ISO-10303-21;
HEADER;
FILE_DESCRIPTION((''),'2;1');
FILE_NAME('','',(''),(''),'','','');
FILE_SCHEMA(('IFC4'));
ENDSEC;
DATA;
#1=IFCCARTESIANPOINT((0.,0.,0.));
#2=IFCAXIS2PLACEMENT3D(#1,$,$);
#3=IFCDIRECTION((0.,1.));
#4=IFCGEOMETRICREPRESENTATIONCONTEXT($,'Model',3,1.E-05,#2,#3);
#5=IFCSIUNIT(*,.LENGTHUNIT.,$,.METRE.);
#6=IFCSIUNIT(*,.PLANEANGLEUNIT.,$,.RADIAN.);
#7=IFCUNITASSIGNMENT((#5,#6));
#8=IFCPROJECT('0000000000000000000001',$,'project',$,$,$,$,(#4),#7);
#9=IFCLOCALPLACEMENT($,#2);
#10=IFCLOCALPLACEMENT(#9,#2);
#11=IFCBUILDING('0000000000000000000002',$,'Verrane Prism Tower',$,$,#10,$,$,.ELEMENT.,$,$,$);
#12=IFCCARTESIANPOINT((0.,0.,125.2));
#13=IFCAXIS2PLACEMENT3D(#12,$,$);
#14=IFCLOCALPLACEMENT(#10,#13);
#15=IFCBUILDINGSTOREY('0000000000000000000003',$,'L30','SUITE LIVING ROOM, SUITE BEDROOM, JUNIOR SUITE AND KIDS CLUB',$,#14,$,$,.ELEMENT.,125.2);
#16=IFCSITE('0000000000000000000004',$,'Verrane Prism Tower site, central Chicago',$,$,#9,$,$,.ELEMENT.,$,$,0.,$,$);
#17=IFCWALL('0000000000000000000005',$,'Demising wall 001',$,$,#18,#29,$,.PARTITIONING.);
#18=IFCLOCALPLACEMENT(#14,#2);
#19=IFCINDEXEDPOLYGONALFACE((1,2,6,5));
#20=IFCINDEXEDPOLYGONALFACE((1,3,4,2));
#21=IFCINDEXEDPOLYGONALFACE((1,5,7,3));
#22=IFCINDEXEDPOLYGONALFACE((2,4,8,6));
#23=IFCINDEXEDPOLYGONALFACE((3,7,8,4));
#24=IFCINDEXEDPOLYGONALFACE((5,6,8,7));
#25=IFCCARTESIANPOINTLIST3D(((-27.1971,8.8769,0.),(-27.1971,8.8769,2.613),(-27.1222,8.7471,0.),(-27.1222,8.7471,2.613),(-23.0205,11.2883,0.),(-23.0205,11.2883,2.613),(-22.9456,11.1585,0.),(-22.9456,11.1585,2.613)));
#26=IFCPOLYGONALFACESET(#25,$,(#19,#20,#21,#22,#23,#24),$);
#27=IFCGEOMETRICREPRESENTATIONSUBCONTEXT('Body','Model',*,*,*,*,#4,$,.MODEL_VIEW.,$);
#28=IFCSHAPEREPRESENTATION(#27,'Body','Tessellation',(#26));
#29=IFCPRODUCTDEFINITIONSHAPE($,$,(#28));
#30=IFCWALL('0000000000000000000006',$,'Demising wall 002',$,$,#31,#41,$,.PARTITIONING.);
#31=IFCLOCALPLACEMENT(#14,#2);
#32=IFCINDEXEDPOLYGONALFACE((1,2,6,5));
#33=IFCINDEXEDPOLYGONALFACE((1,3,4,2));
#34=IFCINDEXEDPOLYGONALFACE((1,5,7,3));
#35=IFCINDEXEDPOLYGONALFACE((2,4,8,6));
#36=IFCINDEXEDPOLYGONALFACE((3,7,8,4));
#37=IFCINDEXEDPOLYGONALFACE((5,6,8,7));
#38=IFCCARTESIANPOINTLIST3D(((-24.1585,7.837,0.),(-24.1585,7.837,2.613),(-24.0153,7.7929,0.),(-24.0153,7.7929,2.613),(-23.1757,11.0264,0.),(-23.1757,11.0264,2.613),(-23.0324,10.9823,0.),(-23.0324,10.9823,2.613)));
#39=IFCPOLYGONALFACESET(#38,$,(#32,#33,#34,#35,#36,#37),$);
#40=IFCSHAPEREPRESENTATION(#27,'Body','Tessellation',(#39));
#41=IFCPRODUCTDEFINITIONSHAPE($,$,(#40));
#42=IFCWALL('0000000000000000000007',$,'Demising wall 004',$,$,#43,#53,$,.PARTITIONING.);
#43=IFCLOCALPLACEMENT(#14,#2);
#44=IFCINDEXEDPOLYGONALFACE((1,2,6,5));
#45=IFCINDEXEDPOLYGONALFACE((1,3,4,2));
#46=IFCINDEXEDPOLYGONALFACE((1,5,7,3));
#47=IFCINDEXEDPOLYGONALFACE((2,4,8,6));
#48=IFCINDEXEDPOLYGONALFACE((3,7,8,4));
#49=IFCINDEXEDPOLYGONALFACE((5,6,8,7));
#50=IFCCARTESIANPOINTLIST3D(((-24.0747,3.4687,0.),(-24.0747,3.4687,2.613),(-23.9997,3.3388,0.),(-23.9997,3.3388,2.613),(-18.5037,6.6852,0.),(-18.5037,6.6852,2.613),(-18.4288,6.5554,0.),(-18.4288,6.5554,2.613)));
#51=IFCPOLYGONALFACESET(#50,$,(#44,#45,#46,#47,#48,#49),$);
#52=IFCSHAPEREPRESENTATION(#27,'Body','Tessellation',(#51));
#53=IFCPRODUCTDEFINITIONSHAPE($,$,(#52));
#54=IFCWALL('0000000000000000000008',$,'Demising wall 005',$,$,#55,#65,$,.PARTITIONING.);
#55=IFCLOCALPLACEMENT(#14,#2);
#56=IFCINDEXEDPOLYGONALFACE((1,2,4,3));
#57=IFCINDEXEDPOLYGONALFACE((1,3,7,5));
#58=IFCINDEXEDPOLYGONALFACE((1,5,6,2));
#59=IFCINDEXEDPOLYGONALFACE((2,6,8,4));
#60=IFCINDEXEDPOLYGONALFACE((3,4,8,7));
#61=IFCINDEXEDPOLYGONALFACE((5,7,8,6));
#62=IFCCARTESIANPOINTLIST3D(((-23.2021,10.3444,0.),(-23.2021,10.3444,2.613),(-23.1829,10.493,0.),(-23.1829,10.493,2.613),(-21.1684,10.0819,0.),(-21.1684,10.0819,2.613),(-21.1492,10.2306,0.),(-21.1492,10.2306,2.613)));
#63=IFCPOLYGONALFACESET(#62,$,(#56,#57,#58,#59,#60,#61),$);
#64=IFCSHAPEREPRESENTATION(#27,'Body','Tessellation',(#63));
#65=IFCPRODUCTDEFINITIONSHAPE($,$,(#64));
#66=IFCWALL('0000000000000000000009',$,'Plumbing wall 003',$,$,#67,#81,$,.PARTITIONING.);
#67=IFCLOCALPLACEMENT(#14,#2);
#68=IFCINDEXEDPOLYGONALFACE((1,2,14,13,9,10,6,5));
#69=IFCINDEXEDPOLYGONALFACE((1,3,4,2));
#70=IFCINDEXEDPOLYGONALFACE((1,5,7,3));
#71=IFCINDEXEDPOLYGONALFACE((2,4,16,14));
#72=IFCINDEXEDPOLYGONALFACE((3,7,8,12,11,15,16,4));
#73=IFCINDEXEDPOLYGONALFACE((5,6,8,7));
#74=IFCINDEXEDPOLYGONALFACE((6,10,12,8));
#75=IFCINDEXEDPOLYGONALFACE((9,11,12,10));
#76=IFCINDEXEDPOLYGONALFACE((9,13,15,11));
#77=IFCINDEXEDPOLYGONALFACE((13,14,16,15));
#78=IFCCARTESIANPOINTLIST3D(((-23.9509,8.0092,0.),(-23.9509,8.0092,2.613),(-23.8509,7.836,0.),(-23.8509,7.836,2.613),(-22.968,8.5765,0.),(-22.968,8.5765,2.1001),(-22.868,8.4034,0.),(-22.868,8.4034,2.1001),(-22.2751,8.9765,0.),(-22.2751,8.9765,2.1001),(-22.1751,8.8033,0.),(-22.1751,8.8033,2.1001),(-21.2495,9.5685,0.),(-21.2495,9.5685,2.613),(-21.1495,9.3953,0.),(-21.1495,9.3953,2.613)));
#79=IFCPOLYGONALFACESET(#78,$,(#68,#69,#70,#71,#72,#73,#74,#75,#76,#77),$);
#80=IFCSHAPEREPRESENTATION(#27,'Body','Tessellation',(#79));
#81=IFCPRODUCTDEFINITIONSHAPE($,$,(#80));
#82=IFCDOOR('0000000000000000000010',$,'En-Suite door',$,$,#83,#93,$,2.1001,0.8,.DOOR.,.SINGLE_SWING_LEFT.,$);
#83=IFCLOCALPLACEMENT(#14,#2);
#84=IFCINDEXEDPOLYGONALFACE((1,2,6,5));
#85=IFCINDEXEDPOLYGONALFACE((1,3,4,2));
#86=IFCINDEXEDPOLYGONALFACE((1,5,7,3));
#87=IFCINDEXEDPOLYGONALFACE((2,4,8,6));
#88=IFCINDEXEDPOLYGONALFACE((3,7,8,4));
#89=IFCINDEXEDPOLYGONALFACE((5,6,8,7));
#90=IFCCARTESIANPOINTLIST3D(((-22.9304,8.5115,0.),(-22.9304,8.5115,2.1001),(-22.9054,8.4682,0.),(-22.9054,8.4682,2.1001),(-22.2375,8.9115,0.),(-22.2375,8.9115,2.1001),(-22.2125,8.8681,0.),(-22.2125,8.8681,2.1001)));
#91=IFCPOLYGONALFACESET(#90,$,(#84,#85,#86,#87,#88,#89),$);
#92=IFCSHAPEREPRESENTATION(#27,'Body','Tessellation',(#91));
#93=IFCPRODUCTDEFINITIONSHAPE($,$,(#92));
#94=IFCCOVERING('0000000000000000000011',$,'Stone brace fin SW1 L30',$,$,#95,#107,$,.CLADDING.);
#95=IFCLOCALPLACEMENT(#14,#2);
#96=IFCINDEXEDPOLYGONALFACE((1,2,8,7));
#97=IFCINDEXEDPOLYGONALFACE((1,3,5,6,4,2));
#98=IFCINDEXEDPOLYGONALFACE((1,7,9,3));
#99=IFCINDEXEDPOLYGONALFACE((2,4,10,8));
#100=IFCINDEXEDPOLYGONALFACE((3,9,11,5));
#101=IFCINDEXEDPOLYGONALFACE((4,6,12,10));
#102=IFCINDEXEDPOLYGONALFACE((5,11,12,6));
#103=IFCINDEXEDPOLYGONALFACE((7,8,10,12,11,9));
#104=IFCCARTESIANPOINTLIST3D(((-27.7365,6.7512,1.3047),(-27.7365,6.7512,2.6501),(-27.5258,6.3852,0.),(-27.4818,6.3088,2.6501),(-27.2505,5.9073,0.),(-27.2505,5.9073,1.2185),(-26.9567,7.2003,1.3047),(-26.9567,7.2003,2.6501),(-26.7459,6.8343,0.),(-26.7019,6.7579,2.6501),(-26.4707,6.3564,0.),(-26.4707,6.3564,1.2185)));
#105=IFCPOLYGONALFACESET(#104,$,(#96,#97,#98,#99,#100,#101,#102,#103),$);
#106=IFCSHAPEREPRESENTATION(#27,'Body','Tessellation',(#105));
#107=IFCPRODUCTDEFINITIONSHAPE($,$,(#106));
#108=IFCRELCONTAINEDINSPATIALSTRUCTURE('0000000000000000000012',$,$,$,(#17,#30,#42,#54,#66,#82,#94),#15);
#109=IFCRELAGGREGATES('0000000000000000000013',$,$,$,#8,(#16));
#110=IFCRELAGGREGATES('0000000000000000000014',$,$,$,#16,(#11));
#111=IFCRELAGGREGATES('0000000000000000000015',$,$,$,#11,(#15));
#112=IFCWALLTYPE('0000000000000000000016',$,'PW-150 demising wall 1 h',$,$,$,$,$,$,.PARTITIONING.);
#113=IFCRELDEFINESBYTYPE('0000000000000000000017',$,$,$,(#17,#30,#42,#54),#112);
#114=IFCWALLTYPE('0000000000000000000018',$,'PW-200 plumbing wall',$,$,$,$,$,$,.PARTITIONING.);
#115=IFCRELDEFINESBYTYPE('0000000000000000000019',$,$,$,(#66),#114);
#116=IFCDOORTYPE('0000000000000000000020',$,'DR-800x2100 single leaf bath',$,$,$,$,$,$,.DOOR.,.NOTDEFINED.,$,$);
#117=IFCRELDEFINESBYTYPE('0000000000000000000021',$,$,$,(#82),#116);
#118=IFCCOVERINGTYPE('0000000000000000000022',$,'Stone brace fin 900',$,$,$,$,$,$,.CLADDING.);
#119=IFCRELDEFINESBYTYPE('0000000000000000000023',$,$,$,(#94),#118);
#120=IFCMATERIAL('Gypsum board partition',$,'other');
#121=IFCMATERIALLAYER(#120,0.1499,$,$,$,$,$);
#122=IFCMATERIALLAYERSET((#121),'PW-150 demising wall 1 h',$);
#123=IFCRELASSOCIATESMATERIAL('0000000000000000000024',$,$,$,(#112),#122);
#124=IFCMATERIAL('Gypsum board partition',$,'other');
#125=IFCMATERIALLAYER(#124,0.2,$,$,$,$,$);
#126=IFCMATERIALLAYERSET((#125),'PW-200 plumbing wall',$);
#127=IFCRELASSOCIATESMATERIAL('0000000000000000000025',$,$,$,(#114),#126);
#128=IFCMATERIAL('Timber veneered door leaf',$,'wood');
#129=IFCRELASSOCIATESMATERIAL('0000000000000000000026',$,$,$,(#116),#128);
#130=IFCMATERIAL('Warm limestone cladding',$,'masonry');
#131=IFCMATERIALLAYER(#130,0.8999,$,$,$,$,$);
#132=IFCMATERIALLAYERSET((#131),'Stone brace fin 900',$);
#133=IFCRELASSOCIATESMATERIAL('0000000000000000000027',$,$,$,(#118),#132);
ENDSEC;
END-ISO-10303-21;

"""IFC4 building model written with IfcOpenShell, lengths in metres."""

from ifc_helpers import new_model, si_unit, direction, frame, frame_2d, origin, place, context, subcontext, project, spatial, polyline, rectangle, outline, extrude, material, layer, layer_set, type_object, element, fill, save


model = new_model("IFC4")

# Units and contexts
model_context = context("Model", 3, precision=1e-05, world=origin(), true_north=direction((0.0, 1.0)))
body_context = subcontext(model_context, "Body", "Model", "MODEL_VIEW")
ifc_project = project(units=[si_unit("LENGTHUNIT", "METRE"), si_unit("PLANEANGLEUNIT", "RADIAN")], contexts=[model_context])

# Site, building, storey
site_placement = place(None, origin())
site = spatial("IfcSite", under=ifc_project, at=site_placement, Name="Verrane Prism Tower site, central Chicago", CompositionType="ELEMENT", RefElevation=0.0)
building_placement = place(site_placement, origin())
building = spatial("IfcBuilding", under=site, at=building_placement, Name="Verrane Prism Tower", CompositionType="ELEMENT")
storey_placement = place(building_placement, frame((0.0, 0.0, 125.2)))
storey = spatial("IfcBuildingStorey", under=building, at=storey_placement, Name="L30", Description="SUITE LIVING ROOM, SUITE BEDROOM, JUNIOR SUITE AND KIDS CLUB", CompositionType="ELEMENT", Elevation=125.2)

# Walls
ifc_material_1 = material(Name="Gypsum board partition", Category="other")
ifc_layer_1 = layer(ifc_material_1, 0.1499)
ifc_layer_set_1 = layer_set([ifc_layer_1], Name="PW-150 demising wall 1 h")
wall_type_1 = type_object("IfcWallType", Name="PW-150 demising wall 1 h", PredefinedType="PARTITIONING", material=ifc_layer_set_1)
wall_1_placement = place(storey_placement, frame((-27.1597, 8.812, 0.0), z_axis=(0.0, 0.0, 1.0), x_axis=(0.86602, 0.50001, 0.0)))
element("IfcWall", 1, at=wall_1_placement, inside=storey, type_object=wall_type_1, Name="Demising wall 001", PredefinedType="PARTITIONING", context=body_context, shape_type="SweptSolid", body=[
    extrude(rectangle(XDim=4.8228, YDim=0.1499, at=frame_2d((2.4114, 0.0))), origin(), (0.0, 0.0, 1.0), 2.613),
])
wall_2_placement = place(storey_placement, frame((-24.0869, 7.8149, 0.0), z_axis=(0.0, 0.0, 1.0), x_axis=(0.294507, 0.955649, 0.0)))
element("IfcWall", 2, at=wall_2_placement, inside=storey, type_object=wall_type_1, Name="Demising wall 002", PredefinedType="PARTITIONING", context=body_context, shape_type="SweptSolid", body=[
    extrude(rectangle(XDim=3.3374, YDim=0.1499, at=frame_2d((1.6687, 0.0))), origin(), (0.0, 0.0, 1.0), 2.613),
])
wall_3_placement = place(storey_placement, frame((-24.0371, 3.4038, 0.0), z_axis=(0.0, 0.0, 1.0), x_axis=(0.866018, 0.500013, 0.0)))
element("IfcWall", 3, at=wall_3_placement, inside=storey, type_object=wall_type_1, Name="Demising wall 004", PredefinedType="PARTITIONING", context=body_context, shape_type="SweptSolid", body=[
    extrude(rectangle(XDim=6.4329, YDim=0.1499, at=frame_2d((3.2163, 0.0))), origin(), (0.0, 0.0, 1.0), 2.613),
])
wall_4_placement = place(storey_placement, frame((-23.1926, 10.4187, 0.0), z_axis=(0.0, 0.0, 1.0), x_axis=(0.991775, -0.12799, 0.0)))
element("IfcWall", 4, at=wall_4_placement, inside=storey, type_object=wall_type_1, Name="Demising wall 005", PredefinedType="PARTITIONING", context=body_context, shape_type="SweptSolid", body=[
    extrude(rectangle(XDim=2.0505, YDim=0.1499, at=frame_2d((1.0254, 0.0))), origin(), (0.0, 0.0, 1.0), 2.613),
])

# Wall, opening, door
ifc_material_2 = material(Name="Gypsum board partition", Category="other")
ifc_layer_2 = layer(ifc_material_2, 0.2)
ifc_layer_set_2 = layer_set([ifc_layer_2], Name="PW-200 plumbing wall")
wall_type_2 = type_object("IfcWallType", Name="PW-200 plumbing wall", PredefinedType="PARTITIONING", material=ifc_layer_set_2)
wall_5_placement = place(storey_placement, frame((-23.9009, 7.9226, 0.0), z_axis=(0.0, 0.0, 1.0), x_axis=(0.866072, 0.499919, 0.0)))
wall_5 = element("IfcWall", 5, at=wall_5_placement, inside=storey, type_object=wall_type_2, Name="Plumbing wall 003", PredefinedType="PARTITIONING", context=body_context, shape_type="SweptSolid", body=[
    extrude(rectangle(XDim=3.1191, YDim=0.2, at=frame_2d((1.5596, 0.0))), origin(), (0.0, 0.0, 1.0), 2.613),
])
opening_1_placement = place(wall_5_placement, frame((1.135, 0.0, 0.0)))
opening_1 = element("IfcOpeningElement", 6, at=opening_1_placement, cuts=wall_5, PredefinedType="OPENING", context=body_context, shape_type="SweptSolid", body=[
    extrude(rectangle(XDim=0.8, YDim=2.1001, at=frame_2d((0.3999, 1.05))), frame((0.0, 0.1099, 0.0), z_axis=(0.0, -1.0, 0.0), x_axis=(1.0, 0.0, 0.0)), (0.0, 0.0, 1.0), 0.22),
])
ifc_material_3 = material(Name="Timber veneered door leaf", Category="wood")
door_type_1 = type_object("IfcDoorType", Name="DR-800x2100 single leaf bath", OperationType="NOTDEFINED", PredefinedType="DOOR", material=ifc_material_3)
door_1_placement = place(opening_1_placement, origin())
door_1 = element("IfcDoor", 7, at=door_1_placement, inside=storey, type_object=door_type_1, Name="En-Suite door", OperationType="SINGLE_SWING_LEFT", OverallHeight=2.1001, OverallWidth=0.8, PredefinedType="DOOR", context=body_context, shape_type="SweptSolid", body=[
    extrude(rectangle(XDim=0.8, YDim=2.1001, at=frame_2d((0.3999, 1.05))), frame((0.0, 0.0249, 0.0), z_axis=(0.0, -1.0, 0.0), x_axis=(1.0, 0.0, 0.0)), (0.0, 0.0, 1.0), 0.05),
])
fill(opening_1, door_1)

# Covering
ifc_material_4 = material(Name="Warm limestone cladding", Category="masonry")
ifc_layer_3 = layer(ifc_material_4, 0.8999)
ifc_layer_set_3 = layer_set([ifc_layer_3], Name="Stone brace fin 900")
covering_type = type_object("IfcCoveringType", Name="Stone brace fin 900", PredefinedType="CLADDING", material=ifc_layer_set_3)
covering_placement = place(storey_placement, frame((-26.8606, 6.1318, 0.0), z_axis=(0.0, 0.0, 1.0), x_axis=(-0.499079, 0.866557, 0.0)))
element("IfcCovering", 8, at=covering_placement, inside=storey, type_object=covering_type, Name="Stone brace fin SW1 L30", PredefinedType="CLADDING", context=body_context, shape_type="SweptSolid", body=[
    extrude(outline(polyline([(0.9739, 2.6501), (0.4634, 2.6501), (0.0, 1.2185), (0.0, 0.0), (0.5515, 0.0), (0.9739, 1.3047), (0.9739, 2.6501)])), frame((0.0, 0.45, 0.0), z_axis=(0.0, -1.0, 0.0), x_axis=(1.0, 0.0, 0.0)), (0.0, 0.0, 1.0), 0.8999),
])

save(model, "model.ifc")
